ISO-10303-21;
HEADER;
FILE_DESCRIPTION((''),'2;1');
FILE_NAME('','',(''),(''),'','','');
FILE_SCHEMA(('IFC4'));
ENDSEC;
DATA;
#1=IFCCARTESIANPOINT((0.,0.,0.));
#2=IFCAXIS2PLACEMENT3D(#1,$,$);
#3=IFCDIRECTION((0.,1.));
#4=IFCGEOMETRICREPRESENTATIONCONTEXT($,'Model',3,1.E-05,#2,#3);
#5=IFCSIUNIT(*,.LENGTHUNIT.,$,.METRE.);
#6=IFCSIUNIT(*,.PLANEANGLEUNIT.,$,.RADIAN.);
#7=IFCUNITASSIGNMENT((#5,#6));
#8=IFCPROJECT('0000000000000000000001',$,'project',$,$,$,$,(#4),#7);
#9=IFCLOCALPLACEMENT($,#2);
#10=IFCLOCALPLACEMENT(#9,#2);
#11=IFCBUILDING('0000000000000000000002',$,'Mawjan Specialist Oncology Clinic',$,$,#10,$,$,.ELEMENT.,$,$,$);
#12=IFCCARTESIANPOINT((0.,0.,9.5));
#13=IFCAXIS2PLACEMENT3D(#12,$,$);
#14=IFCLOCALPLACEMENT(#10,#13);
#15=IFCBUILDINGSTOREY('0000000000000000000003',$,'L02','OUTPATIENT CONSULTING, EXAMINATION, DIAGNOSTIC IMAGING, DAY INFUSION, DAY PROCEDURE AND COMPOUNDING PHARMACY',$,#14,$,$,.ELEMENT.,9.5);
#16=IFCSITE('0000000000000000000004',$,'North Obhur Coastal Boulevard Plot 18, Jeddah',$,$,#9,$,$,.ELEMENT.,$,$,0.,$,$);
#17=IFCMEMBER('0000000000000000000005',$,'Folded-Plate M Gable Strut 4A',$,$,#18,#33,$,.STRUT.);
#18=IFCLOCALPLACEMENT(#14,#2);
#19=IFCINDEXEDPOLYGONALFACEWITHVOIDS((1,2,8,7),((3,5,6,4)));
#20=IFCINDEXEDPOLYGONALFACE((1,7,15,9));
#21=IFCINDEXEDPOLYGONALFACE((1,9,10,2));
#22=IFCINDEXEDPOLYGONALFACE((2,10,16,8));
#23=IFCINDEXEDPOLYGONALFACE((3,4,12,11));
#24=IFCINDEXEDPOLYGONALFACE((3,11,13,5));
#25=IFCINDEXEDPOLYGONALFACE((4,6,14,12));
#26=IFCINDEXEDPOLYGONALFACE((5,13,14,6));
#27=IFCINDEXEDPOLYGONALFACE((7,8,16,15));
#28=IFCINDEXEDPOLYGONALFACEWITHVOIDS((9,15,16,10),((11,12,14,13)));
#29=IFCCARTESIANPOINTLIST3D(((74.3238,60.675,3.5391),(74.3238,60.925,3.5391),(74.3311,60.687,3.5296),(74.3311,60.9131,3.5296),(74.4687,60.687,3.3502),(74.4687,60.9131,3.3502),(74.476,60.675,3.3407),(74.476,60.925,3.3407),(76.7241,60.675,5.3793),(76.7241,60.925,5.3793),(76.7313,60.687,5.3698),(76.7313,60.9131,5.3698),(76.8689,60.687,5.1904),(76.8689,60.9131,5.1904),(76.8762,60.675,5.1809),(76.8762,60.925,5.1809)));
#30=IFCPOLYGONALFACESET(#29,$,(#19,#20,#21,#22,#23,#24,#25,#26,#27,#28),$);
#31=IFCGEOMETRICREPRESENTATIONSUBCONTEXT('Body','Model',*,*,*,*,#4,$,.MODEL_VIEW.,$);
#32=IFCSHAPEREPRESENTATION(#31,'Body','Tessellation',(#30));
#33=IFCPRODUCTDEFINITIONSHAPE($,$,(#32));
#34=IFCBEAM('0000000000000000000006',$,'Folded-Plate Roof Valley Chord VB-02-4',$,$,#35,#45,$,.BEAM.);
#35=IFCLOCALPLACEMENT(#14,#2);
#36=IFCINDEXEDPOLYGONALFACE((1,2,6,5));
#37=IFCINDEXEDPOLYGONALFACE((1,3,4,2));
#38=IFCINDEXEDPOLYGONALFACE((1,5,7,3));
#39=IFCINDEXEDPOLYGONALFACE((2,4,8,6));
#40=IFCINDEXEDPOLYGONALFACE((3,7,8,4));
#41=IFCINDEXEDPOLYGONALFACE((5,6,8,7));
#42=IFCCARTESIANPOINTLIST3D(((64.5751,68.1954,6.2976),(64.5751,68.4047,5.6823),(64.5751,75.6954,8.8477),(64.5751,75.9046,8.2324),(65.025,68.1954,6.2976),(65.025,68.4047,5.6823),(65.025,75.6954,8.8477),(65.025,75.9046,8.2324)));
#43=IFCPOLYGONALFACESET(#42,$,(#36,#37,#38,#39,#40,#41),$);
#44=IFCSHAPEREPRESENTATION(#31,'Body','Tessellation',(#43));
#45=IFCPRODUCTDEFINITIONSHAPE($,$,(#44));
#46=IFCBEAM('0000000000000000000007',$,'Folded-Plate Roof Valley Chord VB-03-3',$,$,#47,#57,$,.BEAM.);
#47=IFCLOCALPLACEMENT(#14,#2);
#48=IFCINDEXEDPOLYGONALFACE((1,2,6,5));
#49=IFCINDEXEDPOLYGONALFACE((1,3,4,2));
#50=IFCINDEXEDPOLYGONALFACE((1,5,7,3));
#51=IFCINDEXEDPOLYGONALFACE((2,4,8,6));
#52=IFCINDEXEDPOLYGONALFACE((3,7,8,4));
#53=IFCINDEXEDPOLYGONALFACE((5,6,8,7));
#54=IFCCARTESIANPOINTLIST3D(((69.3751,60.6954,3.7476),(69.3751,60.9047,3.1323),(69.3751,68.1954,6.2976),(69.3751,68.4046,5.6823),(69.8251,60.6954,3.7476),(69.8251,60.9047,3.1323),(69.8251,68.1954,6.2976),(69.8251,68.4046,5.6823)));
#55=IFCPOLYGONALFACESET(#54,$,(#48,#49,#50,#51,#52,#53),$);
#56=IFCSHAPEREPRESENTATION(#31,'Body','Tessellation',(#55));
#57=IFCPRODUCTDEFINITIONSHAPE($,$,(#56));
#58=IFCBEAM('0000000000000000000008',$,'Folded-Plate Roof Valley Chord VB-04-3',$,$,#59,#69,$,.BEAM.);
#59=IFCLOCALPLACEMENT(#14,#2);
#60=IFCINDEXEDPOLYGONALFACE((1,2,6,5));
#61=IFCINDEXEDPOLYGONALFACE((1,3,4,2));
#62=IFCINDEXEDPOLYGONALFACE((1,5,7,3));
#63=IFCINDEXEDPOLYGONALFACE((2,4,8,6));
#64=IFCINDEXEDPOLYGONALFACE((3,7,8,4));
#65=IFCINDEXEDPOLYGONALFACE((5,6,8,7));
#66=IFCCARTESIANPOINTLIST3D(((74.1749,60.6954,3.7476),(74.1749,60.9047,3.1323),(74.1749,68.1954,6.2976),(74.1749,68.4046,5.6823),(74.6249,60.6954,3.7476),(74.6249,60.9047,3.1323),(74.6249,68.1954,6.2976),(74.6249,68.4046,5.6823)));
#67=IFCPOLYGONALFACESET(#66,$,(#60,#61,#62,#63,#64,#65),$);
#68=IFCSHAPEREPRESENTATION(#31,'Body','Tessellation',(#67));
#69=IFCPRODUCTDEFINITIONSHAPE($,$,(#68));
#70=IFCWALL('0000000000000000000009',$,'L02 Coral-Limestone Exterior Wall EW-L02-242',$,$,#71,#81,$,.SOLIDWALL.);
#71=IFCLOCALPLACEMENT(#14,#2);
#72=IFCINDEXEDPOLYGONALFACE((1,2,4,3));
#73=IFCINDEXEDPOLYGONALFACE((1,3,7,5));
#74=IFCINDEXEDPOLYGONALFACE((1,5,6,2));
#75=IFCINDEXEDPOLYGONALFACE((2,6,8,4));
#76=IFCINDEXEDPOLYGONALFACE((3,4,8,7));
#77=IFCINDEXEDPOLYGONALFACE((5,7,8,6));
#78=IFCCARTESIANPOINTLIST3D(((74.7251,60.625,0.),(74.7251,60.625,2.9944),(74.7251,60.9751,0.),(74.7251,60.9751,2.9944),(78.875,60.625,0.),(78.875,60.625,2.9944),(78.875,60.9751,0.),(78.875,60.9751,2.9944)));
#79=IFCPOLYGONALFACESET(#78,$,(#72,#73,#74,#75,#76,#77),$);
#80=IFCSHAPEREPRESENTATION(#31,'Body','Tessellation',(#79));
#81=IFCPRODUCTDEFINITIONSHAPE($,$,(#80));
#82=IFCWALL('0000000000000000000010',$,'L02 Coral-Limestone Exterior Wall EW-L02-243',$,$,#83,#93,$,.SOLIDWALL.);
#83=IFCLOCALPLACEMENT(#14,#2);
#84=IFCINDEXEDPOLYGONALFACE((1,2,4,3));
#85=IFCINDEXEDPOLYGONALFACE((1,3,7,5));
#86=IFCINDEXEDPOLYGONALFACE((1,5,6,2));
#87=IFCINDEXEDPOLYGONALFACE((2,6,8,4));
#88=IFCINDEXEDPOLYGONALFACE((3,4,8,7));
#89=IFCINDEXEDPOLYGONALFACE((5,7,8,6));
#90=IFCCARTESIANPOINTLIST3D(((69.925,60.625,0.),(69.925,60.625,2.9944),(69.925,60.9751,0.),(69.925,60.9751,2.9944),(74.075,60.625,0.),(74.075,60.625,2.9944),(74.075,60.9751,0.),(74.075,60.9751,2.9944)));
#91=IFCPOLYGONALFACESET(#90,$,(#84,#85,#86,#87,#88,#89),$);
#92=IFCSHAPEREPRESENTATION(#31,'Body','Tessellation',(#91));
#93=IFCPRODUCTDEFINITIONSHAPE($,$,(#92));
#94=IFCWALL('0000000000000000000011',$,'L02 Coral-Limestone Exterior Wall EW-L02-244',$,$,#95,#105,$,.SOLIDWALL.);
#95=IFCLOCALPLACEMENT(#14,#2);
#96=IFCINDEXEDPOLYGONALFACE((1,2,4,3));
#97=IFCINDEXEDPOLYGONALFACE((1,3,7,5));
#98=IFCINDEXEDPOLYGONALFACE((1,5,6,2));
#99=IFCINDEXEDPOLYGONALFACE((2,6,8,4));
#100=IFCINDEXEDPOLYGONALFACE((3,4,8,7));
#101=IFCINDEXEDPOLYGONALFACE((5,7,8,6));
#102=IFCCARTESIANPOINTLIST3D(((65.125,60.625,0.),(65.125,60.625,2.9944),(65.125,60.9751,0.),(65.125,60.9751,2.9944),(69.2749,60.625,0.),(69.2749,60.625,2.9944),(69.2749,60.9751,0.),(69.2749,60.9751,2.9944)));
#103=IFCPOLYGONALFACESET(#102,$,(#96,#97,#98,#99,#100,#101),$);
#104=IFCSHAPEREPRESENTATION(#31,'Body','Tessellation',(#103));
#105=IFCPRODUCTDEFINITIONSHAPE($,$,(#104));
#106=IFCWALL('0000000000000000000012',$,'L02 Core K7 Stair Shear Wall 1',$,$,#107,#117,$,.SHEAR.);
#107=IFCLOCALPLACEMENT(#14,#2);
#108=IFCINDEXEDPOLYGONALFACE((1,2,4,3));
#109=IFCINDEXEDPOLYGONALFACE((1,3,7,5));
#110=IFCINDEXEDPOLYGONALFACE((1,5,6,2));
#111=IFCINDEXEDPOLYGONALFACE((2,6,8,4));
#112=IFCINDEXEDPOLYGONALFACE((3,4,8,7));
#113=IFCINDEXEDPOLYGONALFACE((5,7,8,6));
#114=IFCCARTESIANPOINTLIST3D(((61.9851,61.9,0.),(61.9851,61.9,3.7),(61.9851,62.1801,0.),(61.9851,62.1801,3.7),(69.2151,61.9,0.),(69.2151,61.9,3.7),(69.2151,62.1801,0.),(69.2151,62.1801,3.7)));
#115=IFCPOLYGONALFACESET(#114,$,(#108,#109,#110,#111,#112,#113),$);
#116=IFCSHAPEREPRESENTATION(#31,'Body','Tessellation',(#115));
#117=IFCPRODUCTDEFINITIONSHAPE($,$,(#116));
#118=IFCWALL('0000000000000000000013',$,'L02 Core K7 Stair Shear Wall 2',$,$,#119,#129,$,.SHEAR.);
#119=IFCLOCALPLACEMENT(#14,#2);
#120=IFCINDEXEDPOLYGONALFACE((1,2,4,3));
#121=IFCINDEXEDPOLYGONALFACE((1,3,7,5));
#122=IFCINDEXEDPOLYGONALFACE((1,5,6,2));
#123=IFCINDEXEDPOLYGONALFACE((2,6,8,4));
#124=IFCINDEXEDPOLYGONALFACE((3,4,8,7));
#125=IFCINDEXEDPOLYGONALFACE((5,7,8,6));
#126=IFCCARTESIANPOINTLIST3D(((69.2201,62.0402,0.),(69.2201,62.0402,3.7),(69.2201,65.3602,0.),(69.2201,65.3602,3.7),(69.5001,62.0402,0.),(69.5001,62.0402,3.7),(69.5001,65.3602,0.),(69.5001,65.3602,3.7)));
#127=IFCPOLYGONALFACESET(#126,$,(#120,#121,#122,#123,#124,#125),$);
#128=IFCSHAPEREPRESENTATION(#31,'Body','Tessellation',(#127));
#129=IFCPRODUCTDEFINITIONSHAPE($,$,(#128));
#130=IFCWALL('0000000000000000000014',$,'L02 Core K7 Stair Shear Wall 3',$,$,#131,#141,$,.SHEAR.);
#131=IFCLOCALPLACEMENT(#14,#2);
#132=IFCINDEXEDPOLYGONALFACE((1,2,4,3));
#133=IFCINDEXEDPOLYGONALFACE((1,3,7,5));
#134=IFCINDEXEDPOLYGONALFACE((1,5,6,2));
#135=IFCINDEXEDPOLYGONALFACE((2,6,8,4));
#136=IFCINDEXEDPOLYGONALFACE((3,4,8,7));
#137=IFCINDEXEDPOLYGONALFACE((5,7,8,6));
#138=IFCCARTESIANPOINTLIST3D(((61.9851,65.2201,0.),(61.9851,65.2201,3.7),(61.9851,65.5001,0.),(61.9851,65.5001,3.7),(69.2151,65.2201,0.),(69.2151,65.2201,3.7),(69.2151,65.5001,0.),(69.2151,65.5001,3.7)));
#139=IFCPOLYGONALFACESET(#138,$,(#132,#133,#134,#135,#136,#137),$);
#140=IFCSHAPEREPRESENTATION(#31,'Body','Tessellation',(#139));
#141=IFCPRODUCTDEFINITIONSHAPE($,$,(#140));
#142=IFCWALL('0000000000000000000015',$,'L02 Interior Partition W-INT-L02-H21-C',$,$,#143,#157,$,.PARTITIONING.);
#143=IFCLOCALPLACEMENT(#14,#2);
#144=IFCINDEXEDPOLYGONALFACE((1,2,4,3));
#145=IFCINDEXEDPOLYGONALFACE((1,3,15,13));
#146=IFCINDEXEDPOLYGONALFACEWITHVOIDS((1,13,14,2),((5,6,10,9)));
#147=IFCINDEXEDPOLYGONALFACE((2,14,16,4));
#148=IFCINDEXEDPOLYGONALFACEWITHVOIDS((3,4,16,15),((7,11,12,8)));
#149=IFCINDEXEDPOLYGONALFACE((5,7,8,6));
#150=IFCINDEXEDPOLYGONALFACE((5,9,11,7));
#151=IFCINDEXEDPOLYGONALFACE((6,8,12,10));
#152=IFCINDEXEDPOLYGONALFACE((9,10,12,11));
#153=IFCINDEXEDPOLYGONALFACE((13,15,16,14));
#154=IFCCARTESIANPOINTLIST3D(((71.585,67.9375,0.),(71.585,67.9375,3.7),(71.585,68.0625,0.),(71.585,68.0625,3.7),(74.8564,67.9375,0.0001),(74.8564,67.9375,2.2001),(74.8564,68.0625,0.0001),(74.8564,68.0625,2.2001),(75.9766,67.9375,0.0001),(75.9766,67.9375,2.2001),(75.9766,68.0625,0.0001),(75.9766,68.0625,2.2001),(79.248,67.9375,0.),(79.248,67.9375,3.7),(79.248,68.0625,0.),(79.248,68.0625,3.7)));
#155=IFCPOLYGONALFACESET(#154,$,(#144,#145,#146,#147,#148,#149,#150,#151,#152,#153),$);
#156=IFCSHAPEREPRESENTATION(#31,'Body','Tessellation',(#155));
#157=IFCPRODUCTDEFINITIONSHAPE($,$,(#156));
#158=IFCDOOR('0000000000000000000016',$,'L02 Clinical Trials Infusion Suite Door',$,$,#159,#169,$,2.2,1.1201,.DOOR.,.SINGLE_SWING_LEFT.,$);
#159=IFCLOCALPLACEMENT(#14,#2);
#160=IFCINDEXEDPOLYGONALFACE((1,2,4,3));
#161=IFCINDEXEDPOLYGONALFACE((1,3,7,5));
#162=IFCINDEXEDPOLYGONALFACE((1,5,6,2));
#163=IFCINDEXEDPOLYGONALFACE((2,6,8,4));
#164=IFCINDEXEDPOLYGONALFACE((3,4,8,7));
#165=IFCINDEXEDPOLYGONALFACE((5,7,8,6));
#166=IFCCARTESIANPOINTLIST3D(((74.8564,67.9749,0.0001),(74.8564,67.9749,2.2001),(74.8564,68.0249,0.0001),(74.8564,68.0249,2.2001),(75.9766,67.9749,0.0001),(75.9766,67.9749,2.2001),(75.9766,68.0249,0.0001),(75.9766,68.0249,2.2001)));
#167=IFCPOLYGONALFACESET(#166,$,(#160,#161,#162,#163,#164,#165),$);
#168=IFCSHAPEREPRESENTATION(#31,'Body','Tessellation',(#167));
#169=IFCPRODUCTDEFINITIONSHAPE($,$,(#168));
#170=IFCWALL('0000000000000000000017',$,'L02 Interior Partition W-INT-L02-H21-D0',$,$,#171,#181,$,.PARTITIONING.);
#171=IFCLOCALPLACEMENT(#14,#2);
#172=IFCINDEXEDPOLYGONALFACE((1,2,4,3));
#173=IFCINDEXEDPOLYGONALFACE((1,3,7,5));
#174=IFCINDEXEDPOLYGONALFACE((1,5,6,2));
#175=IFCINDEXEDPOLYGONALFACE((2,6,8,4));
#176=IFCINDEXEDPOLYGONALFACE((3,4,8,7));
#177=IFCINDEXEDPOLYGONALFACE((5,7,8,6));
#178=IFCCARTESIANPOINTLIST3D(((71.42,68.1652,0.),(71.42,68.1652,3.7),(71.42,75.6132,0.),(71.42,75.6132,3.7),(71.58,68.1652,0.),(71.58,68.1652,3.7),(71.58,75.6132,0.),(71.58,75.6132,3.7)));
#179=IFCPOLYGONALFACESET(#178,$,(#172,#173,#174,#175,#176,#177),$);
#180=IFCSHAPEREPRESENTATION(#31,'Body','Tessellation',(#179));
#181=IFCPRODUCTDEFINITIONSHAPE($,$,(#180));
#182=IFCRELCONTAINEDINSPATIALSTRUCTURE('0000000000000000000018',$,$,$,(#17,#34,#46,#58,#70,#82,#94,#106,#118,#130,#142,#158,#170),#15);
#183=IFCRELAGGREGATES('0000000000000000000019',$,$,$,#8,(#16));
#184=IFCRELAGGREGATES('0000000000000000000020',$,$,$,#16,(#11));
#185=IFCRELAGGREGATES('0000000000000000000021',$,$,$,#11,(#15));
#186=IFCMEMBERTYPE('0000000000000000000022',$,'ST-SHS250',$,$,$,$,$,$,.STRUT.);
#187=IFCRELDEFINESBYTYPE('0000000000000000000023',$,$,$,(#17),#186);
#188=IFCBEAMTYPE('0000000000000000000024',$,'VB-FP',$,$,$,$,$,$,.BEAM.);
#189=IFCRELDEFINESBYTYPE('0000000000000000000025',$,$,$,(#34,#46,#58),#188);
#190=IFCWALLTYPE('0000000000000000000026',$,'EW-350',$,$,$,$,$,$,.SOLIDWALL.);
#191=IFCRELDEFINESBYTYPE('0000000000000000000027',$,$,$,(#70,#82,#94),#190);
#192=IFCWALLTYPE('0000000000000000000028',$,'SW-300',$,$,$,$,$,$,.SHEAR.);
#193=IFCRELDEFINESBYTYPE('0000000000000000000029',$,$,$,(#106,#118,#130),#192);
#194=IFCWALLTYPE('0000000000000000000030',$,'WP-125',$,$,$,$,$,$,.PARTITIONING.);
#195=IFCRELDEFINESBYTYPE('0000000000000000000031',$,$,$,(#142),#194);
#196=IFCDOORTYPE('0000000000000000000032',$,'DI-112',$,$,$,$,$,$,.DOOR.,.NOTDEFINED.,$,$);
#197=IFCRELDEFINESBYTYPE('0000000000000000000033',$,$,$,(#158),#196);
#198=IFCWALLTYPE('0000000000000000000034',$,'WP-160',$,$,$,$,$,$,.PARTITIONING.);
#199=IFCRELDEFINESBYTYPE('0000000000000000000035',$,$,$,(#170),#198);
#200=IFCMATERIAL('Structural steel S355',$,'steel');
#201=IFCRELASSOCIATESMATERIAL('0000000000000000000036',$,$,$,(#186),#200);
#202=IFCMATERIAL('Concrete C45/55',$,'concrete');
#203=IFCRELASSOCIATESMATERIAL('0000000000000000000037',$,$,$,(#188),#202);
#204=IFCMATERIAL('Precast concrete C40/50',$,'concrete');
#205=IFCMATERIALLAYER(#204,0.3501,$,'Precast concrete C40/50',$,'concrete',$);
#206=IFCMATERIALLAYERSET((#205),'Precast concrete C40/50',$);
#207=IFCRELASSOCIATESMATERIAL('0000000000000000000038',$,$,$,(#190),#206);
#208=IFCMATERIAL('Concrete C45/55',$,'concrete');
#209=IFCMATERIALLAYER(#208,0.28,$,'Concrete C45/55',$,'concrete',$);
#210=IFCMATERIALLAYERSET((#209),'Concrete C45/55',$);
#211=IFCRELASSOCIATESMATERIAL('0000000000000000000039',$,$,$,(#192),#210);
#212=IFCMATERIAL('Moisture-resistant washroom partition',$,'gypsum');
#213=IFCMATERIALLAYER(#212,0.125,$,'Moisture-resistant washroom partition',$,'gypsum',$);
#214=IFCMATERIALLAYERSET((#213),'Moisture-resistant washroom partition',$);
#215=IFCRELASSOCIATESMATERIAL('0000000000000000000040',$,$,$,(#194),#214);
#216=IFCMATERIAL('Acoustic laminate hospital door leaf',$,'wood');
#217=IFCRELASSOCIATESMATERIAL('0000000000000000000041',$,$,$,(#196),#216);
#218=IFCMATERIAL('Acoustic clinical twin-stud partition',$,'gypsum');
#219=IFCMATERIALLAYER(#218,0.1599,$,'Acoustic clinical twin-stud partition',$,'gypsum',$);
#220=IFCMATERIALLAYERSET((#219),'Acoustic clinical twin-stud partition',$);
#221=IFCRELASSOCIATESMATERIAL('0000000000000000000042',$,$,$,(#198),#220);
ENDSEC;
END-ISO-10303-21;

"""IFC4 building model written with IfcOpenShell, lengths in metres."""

from ifc_helpers import new_model, si_unit, direction, frame, frame_2d, origin, origin_2d, place, context, subcontext, project, spatial, rectangle, hollow_rectangle, extrude, material, layer, layer_set, material_profile, profile_set, type_object, element, fill, save


model = new_model("IFC4")

# Units and contexts
model_context = context("Model", 3, precision=1e-05, world=origin(), true_north=direction((0.0, 1.0)))
body_context = subcontext(model_context, "Body", "Model", "MODEL_VIEW")
ifc_project = project(units=[si_unit("LENGTHUNIT", "METRE"), si_unit("PLANEANGLEUNIT", "RADIAN")], contexts=[model_context])

# Site, building, storey
site_placement = place(None, origin())
site = spatial("IfcSite", under=ifc_project, at=site_placement, Name="North Obhur Coastal Boulevard Plot 18, Jeddah", CompositionType="ELEMENT", RefElevation=0.0)
building_placement = place(site_placement, origin())
building = spatial("IfcBuilding", under=site, at=building_placement, Name="Mawjan Specialist Oncology Clinic", CompositionType="ELEMENT")
storey_placement = place(building_placement, frame((0.0, 0.0, 9.5)))
storey = spatial("IfcBuildingStorey", under=building, at=storey_placement, Name="L02", Description="OUTPATIENT CONSULTING, EXAMINATION, DIAGNOSTIC IMAGING, DAY INFUSION, DAY PROCEDURE AND COMPOUNDING PHARMACY", CompositionType="ELEMENT", Elevation=9.5)

# Member
ifc_material_1 = material(Name="Structural steel S355", Category="steel")
ifc_material_profile_1 = material_profile(ifc_material_1, hollow_rectangle(XDim=0.25, YDim=0.25, WallThickness=0.012, at=origin_2d()), Name="SHS 250x250x12", Category="steel")
ifc_profile_set_1 = profile_set([ifc_material_profile_1], Name="Structural steel S355")
member_type = type_object("IfcMemberType", Name="ST-SHS250", PredefinedType="STRUT", material=ifc_profile_set_1)
member_1_placement = place(storey_placement, frame((74.3999, 60.8, 3.4399), z_axis=(0.79361, 0.0, 0.608426), x_axis=(0.0, 1.0, 0.0)))
element("IfcMember", 1, at=member_1_placement, inside=storey, type_object=member_type, Name="Folded-Plate M Gable Strut 4A", PredefinedType="STRUT", context=body_context, shape_type="SweptSolid", body=[
    extrude(hollow_rectangle(XDim=0.25, YDim=0.25, WallThickness=0.012, at=origin_2d()), origin(), (0.0, 0.0, 1.0), 3.0244),
])

# Beams
ifc_material_2 = material(Name="Concrete C45/55", Category="concrete")
ifc_material_profile_2 = material_profile(ifc_material_2, rectangle(XDim=0.45, YDim=0.6499, at=origin_2d()), Name="RC VALLEY 450x650", Category="concrete")
ifc_profile_set_2 = profile_set([ifc_material_profile_2], Name="Concrete C45/55")
beam_type_1 = type_object("IfcBeamType", Name="VB-FP", PredefinedType="BEAM", material=ifc_profile_set_2)
for number, where, z_axis, x_axis, name in (
    (2, (64.8, 68.3, 5.99), (0.0, 0.946771, 0.321908), (-1.0, 0.0, 0.0), "Folded-Plate Roof Valley Chord VB-02-4"),
    (3, (69.6001, 60.8, 3.4399), (0.0, 0.946771, 0.321908), (-1.0, 0.0, 0.0), "Folded-Plate Roof Valley Chord VB-03-3"),
    (4, (74.3999, 60.8, 3.4399), (0.0, 0.946771, 0.321908), (-1.0, 0.0, 0.0), "Folded-Plate Roof Valley Chord VB-04-3"),
):
    element("IfcBeam", number, at=place(storey_placement, frame(where, z_axis=z_axis, x_axis=x_axis)), inside=storey, type_object=beam_type_1, Name=name, PredefinedType="BEAM", context=body_context, shape_type="SweptSolid", body=[
        extrude(rectangle(XDim=0.45, YDim=0.6499, at=origin_2d()), origin(), (0.0, 0.0, 1.0), 7.9216),
    ])

# Walls
ifc_material_3 = material(Name="Precast concrete C40/50", Category="concrete")
ifc_layer_1 = layer(ifc_material_3, 0.3501, Name="Precast concrete C40/50", Category="concrete")
ifc_layer_set_1 = layer_set([ifc_layer_1], Name="Precast concrete C40/50")
wall_type_1 = type_object("IfcWallType", Name="EW-350", PredefinedType="SOLIDWALL", material=ifc_layer_set_1)
for number, where, z_axis, x_axis, name in (
    (5, (78.875, 60.8, 0.0), (0.0, 0.0, 1.0), (-1.0, 0.0, 0.0), "L02 Coral-Limestone Exterior Wall EW-L02-242"),
    (6, (74.075, 60.8, 0.0), (0.0, 0.0, 1.0), (-1.0, 0.0, 0.0), "L02 Coral-Limestone Exterior Wall EW-L02-243"),
    (7, (69.2749, 60.8, 0.0), (0.0, 0.0, 1.0), (-1.0, 0.0, 0.0), "L02 Coral-Limestone Exterior Wall EW-L02-244"),
):
    element("IfcWall", number, at=place(storey_placement, frame(where, z_axis=z_axis, x_axis=x_axis)), inside=storey, type_object=wall_type_1, Name=name, PredefinedType="SOLIDWALL", context=body_context, shape_type="SweptSolid", body=[
        extrude(rectangle(XDim=4.1499, YDim=0.3501, at=frame_2d((2.075, 0.0))), origin(), (0.0, 0.0, 1.0), 2.9944),
    ])
ifc_material_4 = material(Name="Concrete C45/55", Category="concrete")
ifc_layer_2 = layer(ifc_material_4, 0.28, Name="Concrete C45/55", Category="concrete")
ifc_layer_set_2 = layer_set([ifc_layer_2], Name="Concrete C45/55")
wall_type_2 = type_object("IfcWallType", Name="SW-300", PredefinedType="SHEAR", material=ifc_layer_set_2)
wall_1_placement = place(storey_placement, frame((61.9851, 62.04, 0.0), z_axis=(0.0, 0.0, 1.0), x_axis=(1.0, 0.0, 0.0)))
element("IfcWall", 8, at=wall_1_placement, inside=storey, type_object=wall_type_2, Name="L02 Core K7 Stair Shear Wall 1", PredefinedType="SHEAR", context=body_context, shape_type="SweptSolid", body=[
    extrude(rectangle(XDim=7.23, YDim=0.28, at=frame_2d((3.615, 0.0))), origin(), (0.0, 0.0, 1.0), 3.7),
])
wall_2_placement = place(storey_placement, frame((69.3601, 62.04, 0.0), z_axis=(0.0, 0.0, 1.0), x_axis=(0.0, 1.0, 0.0)))
element("IfcWall", 9, at=wall_2_placement, inside=storey, type_object=wall_type_2, Name="L02 Core K7 Stair Shear Wall 2", PredefinedType="SHEAR", context=body_context, shape_type="SweptSolid", body=[
    extrude(rectangle(XDim=3.3201, YDim=0.28, at=frame_2d((1.6602, 0.0))), origin(), (0.0, 0.0, 1.0), 3.7),
])
wall_3_placement = place(storey_placement, frame((69.2151, 65.3601, 0.0), z_axis=(0.0, 0.0, 1.0), x_axis=(-1.0, 0.0, 0.0)))
element("IfcWall", 10, at=wall_3_placement, inside=storey, type_object=wall_type_2, Name="L02 Core K7 Stair Shear Wall 3", PredefinedType="SHEAR", context=body_context, shape_type="SweptSolid", body=[
    extrude(rectangle(XDim=7.23, YDim=0.28, at=frame_2d((3.615, 0.0))), origin(), (0.0, 0.0, 1.0), 3.7),
])

# Wall, opening, door
ifc_material_5 = material(Name="Moisture-resistant washroom partition", Category="gypsum")
ifc_layer_3 = layer(ifc_material_5, 0.125, Name="Moisture-resistant washroom partition", Category="gypsum")
ifc_layer_set_3 = layer_set([ifc_layer_3], Name="Moisture-resistant washroom partition")
wall_type_3 = type_object("IfcWallType", Name="WP-125", PredefinedType="PARTITIONING", material=ifc_layer_set_3)
wall_4_placement = place(storey_placement, frame((71.585, 68.0, 0.0), z_axis=(0.0, 0.0, 1.0), x_axis=(1.0, 0.0, 0.0)))
wall_4 = element("IfcWall", 11, at=wall_4_placement, inside=storey, type_object=wall_type_3, Name="L02 Interior Partition W-INT-L02-H21-C", PredefinedType="PARTITIONING", context=body_context, shape_type="SweptSolid", body=[
    extrude(rectangle(XDim=7.6631, YDim=0.125, at=frame_2d((3.8315, 0.0))), origin(), (0.0, 0.0, 1.0), 3.7),
])
opening_1_placement = place(wall_4_placement, frame((3.2715, 0.0, 0.0)))
opening_1 = element("IfcOpeningElement", 12, at=opening_1_placement, cuts=wall_4, PredefinedType="OPENING", context=body_context, shape_type="SweptSolid", body=[
    extrude(rectangle(XDim=1.1201, YDim=2.2, at=frame_2d((0.5601, 1.1001))), frame((0.0, 0.0745, 0.0), z_axis=(0.0, -1.0, 0.0), x_axis=(1.0, 0.0, 0.0)), (0.0, 0.0, 1.0), 0.1489),
])
ifc_material_6 = material(Name="Acoustic laminate hospital door leaf", Category="wood")
door_type_1 = type_object("IfcDoorType", Name="DI-112", OperationType="NOTDEFINED", PredefinedType="DOOR", material=ifc_material_6)
door_1_placement = place(opening_1_placement, origin())
door_1 = element("IfcDoor", 13, at=door_1_placement, inside=storey, type_object=door_type_1, Name="L02 Clinical Trials Infusion Suite Door", OperationType="SINGLE_SWING_LEFT", OverallHeight=2.2, OverallWidth=1.1201, PredefinedType="DOOR", context=body_context, shape_type="SweptSolid", body=[
    extrude(rectangle(XDim=1.1201, YDim=2.2, at=frame_2d((0.5601, 1.1001))), frame((0.0, 0.0249, 0.0), z_axis=(0.0, -1.0, 0.0), x_axis=(1.0, 0.0, 0.0)), (0.0, 0.0, 1.0), 0.05),
])
fill(opening_1, door_1)

# Wall
ifc_material_7 = material(Name="Acoustic clinical twin-stud partition", Category="gypsum")
ifc_layer_4 = layer(ifc_material_7, 0.1599, Name="Acoustic clinical twin-stud partition", Category="gypsum")
ifc_layer_set_4 = layer_set([ifc_layer_4], Name="Acoustic clinical twin-stud partition")
wall_type_4 = type_object("IfcWallType", Name="WP-160", PredefinedType="PARTITIONING", material=ifc_layer_set_4)
wall_5_placement = place(storey_placement, frame((71.5, 68.165, 0.0), z_axis=(0.0, 0.0, 1.0), x_axis=(0.0, 1.0, 0.0)))
element("IfcWall", 14, at=wall_5_placement, inside=storey, type_object=wall_type_4, Name="L02 Interior Partition W-INT-L02-H21-D0", PredefinedType="PARTITIONING", context=body_context, shape_type="SweptSolid", body=[
    extrude(rectangle(XDim=7.448, YDim=0.1599, at=frame_2d((3.7241, 0.0))), origin(), (0.0, 0.0, 1.0), 3.7),
])

save(model, "model.ifc")
